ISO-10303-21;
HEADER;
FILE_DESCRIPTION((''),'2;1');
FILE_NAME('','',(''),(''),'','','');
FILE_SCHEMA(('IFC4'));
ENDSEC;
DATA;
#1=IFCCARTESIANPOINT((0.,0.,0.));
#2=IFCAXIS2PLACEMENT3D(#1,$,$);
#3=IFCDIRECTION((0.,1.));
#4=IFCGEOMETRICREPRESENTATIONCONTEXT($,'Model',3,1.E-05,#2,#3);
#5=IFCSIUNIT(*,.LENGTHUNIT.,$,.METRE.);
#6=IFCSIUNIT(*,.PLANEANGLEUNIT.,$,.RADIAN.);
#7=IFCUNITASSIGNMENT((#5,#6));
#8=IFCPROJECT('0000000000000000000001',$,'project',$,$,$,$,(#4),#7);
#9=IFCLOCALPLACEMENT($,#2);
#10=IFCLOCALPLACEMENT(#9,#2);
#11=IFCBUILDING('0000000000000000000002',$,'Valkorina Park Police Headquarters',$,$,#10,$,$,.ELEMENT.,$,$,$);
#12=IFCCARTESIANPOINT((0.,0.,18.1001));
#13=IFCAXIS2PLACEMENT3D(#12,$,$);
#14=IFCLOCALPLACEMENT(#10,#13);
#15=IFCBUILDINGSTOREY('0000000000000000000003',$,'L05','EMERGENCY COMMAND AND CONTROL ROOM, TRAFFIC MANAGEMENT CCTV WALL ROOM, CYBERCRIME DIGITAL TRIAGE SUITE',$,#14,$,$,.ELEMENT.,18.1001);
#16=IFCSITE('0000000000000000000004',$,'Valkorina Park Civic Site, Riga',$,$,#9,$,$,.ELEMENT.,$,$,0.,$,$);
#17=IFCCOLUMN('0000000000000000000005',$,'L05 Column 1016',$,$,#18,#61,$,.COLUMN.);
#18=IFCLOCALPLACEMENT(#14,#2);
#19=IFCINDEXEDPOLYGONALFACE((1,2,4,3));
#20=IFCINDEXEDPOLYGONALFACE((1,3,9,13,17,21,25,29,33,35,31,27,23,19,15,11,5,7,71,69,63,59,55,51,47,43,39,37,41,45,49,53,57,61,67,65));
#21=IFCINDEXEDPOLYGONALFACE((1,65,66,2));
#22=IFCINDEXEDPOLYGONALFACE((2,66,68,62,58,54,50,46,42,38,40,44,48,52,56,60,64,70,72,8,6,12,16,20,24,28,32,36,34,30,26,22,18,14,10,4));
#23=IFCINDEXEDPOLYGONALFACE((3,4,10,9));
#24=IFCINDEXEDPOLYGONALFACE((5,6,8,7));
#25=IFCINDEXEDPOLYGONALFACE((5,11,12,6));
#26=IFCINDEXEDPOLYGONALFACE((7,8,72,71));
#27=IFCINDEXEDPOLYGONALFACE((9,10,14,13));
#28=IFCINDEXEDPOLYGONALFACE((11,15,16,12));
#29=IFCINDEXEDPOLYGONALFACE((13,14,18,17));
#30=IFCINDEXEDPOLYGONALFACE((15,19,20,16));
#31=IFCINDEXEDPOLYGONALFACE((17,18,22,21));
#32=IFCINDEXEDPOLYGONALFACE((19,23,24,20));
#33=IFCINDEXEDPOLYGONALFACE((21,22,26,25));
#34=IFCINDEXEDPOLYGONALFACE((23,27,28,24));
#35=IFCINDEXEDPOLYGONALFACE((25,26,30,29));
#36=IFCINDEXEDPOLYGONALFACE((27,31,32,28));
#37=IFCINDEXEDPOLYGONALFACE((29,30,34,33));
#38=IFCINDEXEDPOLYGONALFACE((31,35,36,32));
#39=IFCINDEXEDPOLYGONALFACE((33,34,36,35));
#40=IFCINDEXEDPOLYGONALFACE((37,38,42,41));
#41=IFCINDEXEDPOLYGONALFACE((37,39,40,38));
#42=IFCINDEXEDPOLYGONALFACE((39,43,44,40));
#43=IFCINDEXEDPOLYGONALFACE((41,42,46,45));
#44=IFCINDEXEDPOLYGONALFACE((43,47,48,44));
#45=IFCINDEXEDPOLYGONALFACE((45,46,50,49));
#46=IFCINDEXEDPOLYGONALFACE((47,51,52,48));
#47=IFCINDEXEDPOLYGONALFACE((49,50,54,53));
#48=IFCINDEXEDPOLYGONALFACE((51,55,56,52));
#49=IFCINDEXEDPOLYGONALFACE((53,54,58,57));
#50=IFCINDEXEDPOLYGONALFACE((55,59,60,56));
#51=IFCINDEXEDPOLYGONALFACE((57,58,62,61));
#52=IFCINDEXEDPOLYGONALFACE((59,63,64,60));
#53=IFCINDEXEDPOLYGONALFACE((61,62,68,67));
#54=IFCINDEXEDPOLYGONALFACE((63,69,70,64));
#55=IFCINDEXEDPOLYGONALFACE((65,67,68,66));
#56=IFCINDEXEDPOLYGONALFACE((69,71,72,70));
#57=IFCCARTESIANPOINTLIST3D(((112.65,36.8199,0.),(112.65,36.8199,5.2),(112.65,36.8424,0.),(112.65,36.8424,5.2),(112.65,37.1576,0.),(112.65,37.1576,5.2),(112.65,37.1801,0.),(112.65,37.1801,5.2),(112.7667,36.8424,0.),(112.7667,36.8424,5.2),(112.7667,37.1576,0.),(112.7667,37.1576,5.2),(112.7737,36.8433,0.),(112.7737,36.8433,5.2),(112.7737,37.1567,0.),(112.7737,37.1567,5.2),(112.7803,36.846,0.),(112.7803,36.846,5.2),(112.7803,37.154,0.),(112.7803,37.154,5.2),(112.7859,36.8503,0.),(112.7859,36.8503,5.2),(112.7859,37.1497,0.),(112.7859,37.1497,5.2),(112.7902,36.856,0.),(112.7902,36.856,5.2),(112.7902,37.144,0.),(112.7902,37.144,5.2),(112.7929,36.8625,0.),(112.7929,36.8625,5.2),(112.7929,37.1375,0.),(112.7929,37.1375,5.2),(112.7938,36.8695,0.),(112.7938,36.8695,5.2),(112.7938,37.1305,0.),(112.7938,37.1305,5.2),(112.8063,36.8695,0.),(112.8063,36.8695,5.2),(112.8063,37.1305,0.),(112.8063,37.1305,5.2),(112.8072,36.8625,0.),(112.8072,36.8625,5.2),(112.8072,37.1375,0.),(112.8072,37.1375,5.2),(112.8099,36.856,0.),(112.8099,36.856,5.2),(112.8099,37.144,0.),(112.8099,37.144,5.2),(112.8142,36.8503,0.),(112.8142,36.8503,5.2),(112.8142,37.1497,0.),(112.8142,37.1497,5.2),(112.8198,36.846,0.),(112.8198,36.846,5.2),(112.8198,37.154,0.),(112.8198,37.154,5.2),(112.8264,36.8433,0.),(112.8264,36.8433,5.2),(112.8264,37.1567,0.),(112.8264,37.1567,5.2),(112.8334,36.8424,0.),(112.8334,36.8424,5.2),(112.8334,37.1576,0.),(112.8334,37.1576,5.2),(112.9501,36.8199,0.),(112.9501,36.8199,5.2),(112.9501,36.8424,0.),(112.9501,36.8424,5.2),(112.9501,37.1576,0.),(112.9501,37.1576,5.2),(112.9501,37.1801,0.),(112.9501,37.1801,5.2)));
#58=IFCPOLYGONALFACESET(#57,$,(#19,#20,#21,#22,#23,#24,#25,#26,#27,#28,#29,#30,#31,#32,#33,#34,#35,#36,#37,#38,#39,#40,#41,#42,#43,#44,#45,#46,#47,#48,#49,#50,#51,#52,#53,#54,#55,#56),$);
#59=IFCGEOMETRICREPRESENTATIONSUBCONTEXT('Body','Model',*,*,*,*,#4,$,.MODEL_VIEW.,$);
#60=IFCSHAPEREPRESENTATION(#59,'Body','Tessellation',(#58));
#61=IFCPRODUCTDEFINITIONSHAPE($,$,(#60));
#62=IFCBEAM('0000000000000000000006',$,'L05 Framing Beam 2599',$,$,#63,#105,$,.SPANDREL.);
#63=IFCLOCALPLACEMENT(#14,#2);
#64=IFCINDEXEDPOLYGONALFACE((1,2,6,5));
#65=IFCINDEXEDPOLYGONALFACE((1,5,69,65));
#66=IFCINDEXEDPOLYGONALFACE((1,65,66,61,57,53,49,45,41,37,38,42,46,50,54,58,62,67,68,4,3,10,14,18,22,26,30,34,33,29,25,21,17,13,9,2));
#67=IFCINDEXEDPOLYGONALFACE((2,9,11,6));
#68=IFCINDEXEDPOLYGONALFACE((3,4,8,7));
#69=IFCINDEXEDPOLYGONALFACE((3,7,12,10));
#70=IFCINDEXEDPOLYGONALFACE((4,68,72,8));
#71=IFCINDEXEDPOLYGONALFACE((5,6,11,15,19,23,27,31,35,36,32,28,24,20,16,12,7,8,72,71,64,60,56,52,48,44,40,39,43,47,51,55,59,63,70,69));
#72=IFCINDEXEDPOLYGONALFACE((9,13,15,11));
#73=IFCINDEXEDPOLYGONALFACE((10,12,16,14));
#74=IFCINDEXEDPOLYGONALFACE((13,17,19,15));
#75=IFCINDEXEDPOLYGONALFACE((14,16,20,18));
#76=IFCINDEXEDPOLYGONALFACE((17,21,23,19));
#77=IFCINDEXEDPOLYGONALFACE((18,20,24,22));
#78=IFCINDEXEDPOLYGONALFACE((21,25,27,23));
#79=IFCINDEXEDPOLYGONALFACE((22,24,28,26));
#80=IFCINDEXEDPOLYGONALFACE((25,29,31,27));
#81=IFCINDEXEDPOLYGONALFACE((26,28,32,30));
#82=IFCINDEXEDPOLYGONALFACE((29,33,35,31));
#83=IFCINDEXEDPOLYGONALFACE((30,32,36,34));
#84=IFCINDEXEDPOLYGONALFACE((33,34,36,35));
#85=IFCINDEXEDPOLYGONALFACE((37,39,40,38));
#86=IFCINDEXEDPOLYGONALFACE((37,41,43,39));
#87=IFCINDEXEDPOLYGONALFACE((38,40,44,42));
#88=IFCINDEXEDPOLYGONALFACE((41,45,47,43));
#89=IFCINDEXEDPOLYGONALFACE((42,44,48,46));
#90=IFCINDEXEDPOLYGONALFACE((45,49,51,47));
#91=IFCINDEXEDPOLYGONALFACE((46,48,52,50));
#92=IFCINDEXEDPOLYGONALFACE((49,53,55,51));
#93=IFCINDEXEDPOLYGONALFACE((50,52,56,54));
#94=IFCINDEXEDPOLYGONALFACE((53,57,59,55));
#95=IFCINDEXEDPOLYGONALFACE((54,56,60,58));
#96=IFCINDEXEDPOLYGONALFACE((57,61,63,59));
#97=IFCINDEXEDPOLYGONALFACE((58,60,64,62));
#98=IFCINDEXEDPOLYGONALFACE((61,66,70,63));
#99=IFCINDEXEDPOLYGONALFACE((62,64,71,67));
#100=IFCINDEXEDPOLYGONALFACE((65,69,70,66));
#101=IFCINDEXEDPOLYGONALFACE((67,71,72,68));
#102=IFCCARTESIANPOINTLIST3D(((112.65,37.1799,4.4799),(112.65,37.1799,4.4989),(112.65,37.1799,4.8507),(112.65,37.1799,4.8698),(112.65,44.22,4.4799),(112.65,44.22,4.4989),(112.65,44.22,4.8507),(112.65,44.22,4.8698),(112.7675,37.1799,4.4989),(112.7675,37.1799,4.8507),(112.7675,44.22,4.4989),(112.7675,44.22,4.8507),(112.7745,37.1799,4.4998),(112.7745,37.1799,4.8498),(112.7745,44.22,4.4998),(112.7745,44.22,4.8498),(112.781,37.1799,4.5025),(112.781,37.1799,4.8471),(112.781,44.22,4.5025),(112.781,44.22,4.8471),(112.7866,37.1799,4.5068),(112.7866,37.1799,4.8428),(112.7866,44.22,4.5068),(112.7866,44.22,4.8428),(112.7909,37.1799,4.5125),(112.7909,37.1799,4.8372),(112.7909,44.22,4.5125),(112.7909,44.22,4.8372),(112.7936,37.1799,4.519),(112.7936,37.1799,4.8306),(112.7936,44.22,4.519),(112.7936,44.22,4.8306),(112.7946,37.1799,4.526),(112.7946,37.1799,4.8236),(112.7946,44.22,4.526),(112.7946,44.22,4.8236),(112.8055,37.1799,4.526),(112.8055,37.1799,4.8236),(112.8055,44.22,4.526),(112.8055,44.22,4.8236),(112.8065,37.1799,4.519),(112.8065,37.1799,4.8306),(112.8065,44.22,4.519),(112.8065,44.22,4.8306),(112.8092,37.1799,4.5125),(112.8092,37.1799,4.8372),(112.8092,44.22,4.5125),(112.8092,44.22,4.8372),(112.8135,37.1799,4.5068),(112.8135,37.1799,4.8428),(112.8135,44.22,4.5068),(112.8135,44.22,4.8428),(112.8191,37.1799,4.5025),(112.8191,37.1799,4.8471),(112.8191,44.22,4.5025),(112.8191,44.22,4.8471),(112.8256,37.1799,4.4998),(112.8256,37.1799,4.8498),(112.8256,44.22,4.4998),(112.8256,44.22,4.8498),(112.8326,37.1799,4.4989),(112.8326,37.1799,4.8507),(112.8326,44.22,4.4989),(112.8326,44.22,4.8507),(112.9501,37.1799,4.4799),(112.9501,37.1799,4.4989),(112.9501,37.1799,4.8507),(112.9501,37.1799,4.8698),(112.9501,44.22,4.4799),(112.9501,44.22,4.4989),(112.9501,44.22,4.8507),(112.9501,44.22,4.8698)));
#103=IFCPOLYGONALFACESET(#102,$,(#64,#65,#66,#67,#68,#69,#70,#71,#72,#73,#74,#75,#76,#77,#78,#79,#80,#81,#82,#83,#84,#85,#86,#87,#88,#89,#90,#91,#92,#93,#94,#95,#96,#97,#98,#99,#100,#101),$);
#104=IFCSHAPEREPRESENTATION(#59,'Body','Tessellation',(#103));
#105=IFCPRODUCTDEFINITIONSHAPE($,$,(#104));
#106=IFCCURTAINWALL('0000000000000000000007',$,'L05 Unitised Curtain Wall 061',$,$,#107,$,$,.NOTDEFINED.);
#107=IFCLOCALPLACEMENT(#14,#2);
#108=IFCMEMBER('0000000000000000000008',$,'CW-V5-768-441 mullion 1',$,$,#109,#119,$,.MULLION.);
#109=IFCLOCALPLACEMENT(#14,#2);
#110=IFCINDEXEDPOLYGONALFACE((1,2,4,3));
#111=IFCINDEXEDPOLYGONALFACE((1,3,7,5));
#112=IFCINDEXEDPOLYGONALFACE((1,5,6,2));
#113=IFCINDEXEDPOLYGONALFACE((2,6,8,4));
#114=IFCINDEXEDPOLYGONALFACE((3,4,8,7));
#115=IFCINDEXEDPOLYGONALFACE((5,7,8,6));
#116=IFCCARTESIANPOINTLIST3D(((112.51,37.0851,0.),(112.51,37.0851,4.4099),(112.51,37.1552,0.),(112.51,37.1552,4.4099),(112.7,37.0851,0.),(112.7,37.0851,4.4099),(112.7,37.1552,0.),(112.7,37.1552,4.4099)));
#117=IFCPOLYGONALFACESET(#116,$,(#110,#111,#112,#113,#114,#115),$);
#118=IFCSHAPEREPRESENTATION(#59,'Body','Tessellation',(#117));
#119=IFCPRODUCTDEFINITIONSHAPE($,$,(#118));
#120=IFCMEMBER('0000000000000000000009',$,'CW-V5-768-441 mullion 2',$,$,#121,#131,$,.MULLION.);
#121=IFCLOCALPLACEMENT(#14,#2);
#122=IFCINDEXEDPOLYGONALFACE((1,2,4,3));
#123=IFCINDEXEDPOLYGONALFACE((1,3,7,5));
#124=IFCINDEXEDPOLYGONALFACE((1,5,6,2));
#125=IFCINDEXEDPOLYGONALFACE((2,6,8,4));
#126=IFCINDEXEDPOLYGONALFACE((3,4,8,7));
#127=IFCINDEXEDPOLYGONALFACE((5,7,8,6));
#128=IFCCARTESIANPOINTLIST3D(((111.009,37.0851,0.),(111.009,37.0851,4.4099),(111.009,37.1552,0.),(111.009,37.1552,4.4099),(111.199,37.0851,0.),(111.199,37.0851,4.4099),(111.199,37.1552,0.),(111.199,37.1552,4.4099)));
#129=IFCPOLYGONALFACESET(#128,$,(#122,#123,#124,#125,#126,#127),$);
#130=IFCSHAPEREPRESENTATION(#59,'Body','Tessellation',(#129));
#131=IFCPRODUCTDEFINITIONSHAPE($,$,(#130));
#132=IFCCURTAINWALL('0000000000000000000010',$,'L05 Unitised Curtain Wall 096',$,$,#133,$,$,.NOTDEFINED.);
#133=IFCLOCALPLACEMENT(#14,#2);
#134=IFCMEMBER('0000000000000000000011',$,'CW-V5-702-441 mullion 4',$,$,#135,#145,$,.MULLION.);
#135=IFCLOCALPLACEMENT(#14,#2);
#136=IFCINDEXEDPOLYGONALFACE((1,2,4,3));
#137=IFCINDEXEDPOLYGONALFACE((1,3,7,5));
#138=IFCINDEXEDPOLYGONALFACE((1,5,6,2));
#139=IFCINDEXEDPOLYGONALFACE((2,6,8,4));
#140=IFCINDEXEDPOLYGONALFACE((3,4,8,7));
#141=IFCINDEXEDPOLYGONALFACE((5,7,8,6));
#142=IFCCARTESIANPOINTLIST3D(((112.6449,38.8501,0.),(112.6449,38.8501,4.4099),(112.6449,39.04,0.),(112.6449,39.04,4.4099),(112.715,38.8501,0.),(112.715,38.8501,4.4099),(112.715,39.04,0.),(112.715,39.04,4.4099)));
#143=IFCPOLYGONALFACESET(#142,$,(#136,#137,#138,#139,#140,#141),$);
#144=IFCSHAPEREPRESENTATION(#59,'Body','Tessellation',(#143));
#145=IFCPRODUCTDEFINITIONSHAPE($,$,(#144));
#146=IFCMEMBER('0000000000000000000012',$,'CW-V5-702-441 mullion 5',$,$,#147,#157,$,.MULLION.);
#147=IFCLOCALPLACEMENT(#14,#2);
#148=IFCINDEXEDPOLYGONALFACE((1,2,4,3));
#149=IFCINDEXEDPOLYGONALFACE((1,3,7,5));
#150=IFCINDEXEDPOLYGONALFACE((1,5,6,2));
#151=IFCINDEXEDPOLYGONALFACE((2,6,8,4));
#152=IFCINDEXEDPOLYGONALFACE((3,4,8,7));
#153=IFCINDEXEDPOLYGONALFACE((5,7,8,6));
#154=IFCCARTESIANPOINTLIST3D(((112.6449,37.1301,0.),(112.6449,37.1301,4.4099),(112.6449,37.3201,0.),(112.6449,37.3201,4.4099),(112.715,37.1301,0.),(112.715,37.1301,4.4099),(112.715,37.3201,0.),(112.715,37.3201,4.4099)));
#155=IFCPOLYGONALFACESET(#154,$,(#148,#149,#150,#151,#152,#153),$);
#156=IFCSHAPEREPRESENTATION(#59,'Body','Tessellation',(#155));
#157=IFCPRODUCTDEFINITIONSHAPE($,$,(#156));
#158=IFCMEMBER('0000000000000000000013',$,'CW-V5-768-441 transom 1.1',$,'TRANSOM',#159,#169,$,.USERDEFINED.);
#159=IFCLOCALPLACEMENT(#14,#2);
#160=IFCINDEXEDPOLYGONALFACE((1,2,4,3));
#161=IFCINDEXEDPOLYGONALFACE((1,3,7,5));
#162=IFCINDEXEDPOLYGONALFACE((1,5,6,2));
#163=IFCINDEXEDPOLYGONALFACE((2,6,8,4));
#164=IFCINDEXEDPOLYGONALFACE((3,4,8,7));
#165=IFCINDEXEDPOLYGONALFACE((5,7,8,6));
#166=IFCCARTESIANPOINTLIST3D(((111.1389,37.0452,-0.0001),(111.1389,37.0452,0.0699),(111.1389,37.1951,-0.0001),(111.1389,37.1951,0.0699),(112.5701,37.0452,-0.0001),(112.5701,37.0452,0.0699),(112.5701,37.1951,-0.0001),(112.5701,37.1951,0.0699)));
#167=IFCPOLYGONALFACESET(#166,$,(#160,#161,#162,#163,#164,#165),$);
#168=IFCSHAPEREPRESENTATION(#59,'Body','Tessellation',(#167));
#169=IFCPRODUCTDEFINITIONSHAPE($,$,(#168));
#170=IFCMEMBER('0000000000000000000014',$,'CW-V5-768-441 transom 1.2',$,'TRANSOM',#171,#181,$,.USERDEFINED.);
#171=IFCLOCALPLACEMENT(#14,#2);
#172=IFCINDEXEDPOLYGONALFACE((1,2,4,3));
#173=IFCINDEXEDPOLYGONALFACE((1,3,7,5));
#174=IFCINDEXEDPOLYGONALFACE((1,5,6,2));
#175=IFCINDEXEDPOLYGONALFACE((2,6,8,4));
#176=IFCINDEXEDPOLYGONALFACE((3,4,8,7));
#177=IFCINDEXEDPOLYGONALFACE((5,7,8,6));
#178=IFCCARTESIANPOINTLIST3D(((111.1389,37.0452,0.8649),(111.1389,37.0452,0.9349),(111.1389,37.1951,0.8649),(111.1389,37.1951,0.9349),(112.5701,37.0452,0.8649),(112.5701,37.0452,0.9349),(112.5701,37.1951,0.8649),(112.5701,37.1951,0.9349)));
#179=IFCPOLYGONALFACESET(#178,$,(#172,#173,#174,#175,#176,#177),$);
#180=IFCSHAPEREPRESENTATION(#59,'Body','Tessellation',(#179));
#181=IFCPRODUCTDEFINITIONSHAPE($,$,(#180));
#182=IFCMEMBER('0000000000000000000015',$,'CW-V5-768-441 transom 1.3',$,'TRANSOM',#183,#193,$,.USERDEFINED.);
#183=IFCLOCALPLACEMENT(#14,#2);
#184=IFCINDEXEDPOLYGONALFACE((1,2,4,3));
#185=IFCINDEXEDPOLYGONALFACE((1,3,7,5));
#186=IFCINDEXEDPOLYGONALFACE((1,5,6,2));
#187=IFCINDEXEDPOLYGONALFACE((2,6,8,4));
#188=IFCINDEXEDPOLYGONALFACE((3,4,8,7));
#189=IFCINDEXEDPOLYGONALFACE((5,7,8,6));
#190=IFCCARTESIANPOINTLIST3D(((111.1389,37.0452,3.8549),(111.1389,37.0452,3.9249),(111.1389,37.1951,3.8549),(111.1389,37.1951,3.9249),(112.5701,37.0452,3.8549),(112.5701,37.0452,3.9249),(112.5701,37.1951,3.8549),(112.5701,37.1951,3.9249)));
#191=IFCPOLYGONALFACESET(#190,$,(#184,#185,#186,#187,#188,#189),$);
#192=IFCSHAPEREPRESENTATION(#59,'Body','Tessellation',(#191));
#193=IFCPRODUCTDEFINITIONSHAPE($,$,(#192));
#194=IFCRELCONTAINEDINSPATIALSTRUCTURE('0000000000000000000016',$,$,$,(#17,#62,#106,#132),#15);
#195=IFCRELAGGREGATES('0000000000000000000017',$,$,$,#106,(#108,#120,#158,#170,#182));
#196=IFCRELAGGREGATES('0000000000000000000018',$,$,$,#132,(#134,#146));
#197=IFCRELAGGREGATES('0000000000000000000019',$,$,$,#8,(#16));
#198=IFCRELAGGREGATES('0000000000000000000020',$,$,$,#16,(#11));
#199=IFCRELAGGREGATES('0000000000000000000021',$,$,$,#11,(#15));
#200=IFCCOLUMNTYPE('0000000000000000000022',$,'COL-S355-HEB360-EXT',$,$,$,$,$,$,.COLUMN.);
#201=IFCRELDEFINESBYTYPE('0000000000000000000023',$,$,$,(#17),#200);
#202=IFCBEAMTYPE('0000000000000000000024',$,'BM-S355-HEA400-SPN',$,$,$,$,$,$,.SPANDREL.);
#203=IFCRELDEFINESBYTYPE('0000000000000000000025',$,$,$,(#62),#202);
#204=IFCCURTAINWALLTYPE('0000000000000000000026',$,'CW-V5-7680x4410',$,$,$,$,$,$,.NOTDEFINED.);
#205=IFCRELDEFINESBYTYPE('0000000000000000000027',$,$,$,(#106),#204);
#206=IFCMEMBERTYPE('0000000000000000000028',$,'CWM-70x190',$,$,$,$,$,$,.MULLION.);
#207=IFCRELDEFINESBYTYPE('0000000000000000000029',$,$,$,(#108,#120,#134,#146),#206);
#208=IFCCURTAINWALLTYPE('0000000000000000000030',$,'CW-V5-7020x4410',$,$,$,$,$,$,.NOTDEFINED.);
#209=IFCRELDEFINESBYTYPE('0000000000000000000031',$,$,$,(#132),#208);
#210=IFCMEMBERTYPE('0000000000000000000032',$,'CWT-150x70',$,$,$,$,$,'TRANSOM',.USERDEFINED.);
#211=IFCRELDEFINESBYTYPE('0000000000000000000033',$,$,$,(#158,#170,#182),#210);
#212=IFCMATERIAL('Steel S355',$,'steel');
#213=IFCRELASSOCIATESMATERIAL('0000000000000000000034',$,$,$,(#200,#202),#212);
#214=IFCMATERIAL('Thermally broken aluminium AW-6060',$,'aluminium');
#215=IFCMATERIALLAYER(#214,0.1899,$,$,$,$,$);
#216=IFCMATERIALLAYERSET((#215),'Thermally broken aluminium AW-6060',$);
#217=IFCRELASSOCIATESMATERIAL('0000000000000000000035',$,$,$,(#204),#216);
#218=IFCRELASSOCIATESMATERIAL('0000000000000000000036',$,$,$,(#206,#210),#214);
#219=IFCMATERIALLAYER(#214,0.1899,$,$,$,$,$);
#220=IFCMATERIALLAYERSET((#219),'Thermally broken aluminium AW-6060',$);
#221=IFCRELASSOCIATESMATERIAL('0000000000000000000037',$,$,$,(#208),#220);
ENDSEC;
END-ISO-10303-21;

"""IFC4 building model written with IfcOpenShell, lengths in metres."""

from ifc_helpers import new_model, si_unit, direction, frame, origin, origin_2d, place, context, subcontext, project, spatial, rectangle, i_section, extrude, material, layer, layer_set, material_profile, profile_set, type_object, element, aggregate, save


model = new_model("IFC4")

# Units and contexts
model_context = context("Model", 3, precision=1e-05, world=origin(), true_north=direction((0.0, 1.0)))
body_context = subcontext(model_context, "Body", "Model", "MODEL_VIEW")
ifc_project = project(units=[si_unit("LENGTHUNIT", "METRE"), si_unit("PLANEANGLEUNIT", "RADIAN")], contexts=[model_context])

# Site, building, storey
site_placement = place(None, origin())
site = spatial("IfcSite", under=ifc_project, at=site_placement, Name="Valkorina Park Civic Site, Riga", CompositionType="ELEMENT", RefElevation=0.0)
building_placement = place(site_placement, origin())
building = spatial("IfcBuilding", under=site, at=building_placement, Name="Valkorina Park Police Headquarters", CompositionType="ELEMENT")
storey_placement = place(building_placement, frame((0.0, 0.0, 18.1001)))
storey = spatial("IfcBuildingStorey", under=building, at=storey_placement, Name="L05", Description="EMERGENCY COMMAND AND CONTROL ROOM, TRAFFIC MANAGEMENT CCTV WALL ROOM, CYBERCRIME DIGITAL TRIAGE SUITE", CompositionType="ELEMENT", Elevation=18.1001)

# Column
ifc_material_1 = material(Name="Steel S355", Category="steel")
ifc_material_profile_1 = material_profile(ifc_material_1, i_section(OverallWidth=0.3, OverallDepth=0.3601, WebThickness=0.0125, FlangeThickness=0.0225, FilletRadius=0.0271, at=origin_2d()), Name="HEB 360")
ifc_profile_set_1 = profile_set([ifc_material_profile_1], Name="Steel S355")
column_type = type_object("IfcColumnType", Name="COL-S355-HEB360-EXT", PredefinedType="COLUMN", material=ifc_profile_set_1)
column_placement = place(storey_placement, frame((112.8, 37.0, 0.0), z_axis=(0.0, 0.0, 1.0), x_axis=(1.0, 0.0, 0.0)))
element("IfcColumn", 1, at=column_placement, inside=storey, type_object=column_type, Name="L05 Column 1016", PredefinedType="COLUMN", context=body_context, shape_type="SweptSolid", body=[
    extrude(i_section(OverallWidth=0.3, OverallDepth=0.3601, WebThickness=0.0125, FlangeThickness=0.0225, FilletRadius=0.0271, at=origin_2d()), origin(), (0.0, 0.0, 1.0), 5.2),
])

# Beam
ifc_material_profile_2 = material_profile(ifc_material_1, i_section(OverallWidth=0.3, OverallDepth=0.3899, WebThickness=0.011, FlangeThickness=0.019, FilletRadius=0.0271, at=origin_2d()), Name="HEA 400")
ifc_profile_set_2 = profile_set([ifc_material_profile_2], Name="Steel S355")
beam_type = type_object("IfcBeamType", Name="BM-S355-HEA400-SPN", PredefinedType="SPANDREL", material=ifc_profile_set_2)
beam_placement = place(storey_placement, frame((112.8, 37.1799, 4.6748), z_axis=(0.0, 1.0, 0.0), x_axis=(-1.0, 0.0, 0.0)))
element("IfcBeam", 2, at=beam_placement, inside=storey, type_object=beam_type, Name="L05 Framing Beam 2599", PredefinedType="SPANDREL", context=body_context, shape_type="SweptSolid", body=[
    extrude(i_section(OverallWidth=0.3, OverallDepth=0.3899, WebThickness=0.011, FlangeThickness=0.019, FilletRadius=0.0271, at=origin_2d()), origin(), (0.0, 0.0, 1.0), 7.04),
])

# Curtain walls, members
ifc_material_2 = material(Name="Thermally broken aluminium AW-6060", Category="aluminium")
ifc_layer_1 = layer(ifc_material_2, 0.1899)
ifc_layer_set_1 = layer_set([ifc_layer_1], Name="Thermally broken aluminium AW-6060")
curtain_wall_type_1 = type_object("IfcCurtainWallType", Name="CW-V5-7680x4410", PredefinedType="NOTDEFINED", material=ifc_layer_set_1)
curtain_wall_1_placement = place(storey_placement, origin())
curtain_wall_1 = element("IfcCurtainWall", 3, at=curtain_wall_1_placement, inside=storey, type_object=curtain_wall_type_1, Name="L05 Unitised Curtain Wall 061", PredefinedType="NOTDEFINED")
ifc_material_profile_3 = material_profile(ifc_material_2, rectangle(XDim=0.0701, YDim=0.1899, at=origin_2d()), Name="CWM-02 70x190")
ifc_profile_set_3 = profile_set([ifc_material_profile_3], Name="Thermally broken aluminium AW-6060")
member_type_1 = type_object("IfcMemberType", Name="CWM-70x190", PredefinedType="MULLION", material=ifc_profile_set_3)
member_1_placement = place(storey_placement, frame((112.605, 37.1201, 0.0), z_axis=(0.0, 0.0, 1.0), x_axis=(0.0, -1.0, 0.0)))
member_1 = element("IfcMember", 4, at=member_1_placement, type_object=member_type_1, Name="CW-V5-768-441 mullion 1", PredefinedType="MULLION", context=body_context, shape_type="SweptSolid", body=[
    extrude(rectangle(XDim=0.0701, YDim=0.1899, at=origin_2d()), origin(), (0.0, 0.0, 1.0), 4.4099),
])
member_2_placement = place(storey_placement, frame((111.104, 37.1201, 0.0), z_axis=(0.0, 0.0, 1.0), x_axis=(0.0, -1.0, 0.0)))
member_2 = element("IfcMember", 5, at=member_2_placement, type_object=member_type_1, Name="CW-V5-768-441 mullion 2", PredefinedType="MULLION", context=body_context, shape_type="SweptSolid", body=[
    extrude(rectangle(XDim=0.0701, YDim=0.1899, at=origin_2d()), origin(), (0.0, 0.0, 1.0), 4.4099),
])
ifc_layer_2 = layer(ifc_material_2, 0.1899)
ifc_layer_set_2 = layer_set([ifc_layer_2], Name="Thermally broken aluminium AW-6060")
curtain_wall_type_2 = type_object("IfcCurtainWallType", Name="CW-V5-7020x4410", PredefinedType="NOTDEFINED", material=ifc_layer_set_2)
curtain_wall_2_placement = place(storey_placement, origin())
curtain_wall_2 = element("IfcCurtainWall", 6, at=curtain_wall_2_placement, inside=storey, type_object=curtain_wall_type_2, Name="L05 Unitised Curtain Wall 096", PredefinedType="NOTDEFINED")
member_3_placement = place(storey_placement, frame((112.6799, 38.9451, 0.0), z_axis=(0.0, 0.0, 1.0), x_axis=(1.0, 0.0, 0.0)))
member_3 = element("IfcMember", 7, at=member_3_placement, type_object=member_type_1, Name="CW-V5-702-441 mullion 4", PredefinedType="MULLION", context=body_context, shape_type="SweptSolid", body=[
    extrude(rectangle(XDim=0.0701, YDim=0.1899, at=origin_2d()), origin(), (0.0, 0.0, 1.0), 4.4099),
])
member_4_placement = place(storey_placement, frame((112.6799, 37.2251, 0.0), z_axis=(0.0, 0.0, 1.0), x_axis=(1.0, 0.0, 0.0)))
member_4 = element("IfcMember", 8, at=member_4_placement, type_object=member_type_1, Name="CW-V5-702-441 mullion 5", PredefinedType="MULLION", context=body_context, shape_type="SweptSolid", body=[
    extrude(rectangle(XDim=0.0701, YDim=0.1899, at=origin_2d()), origin(), (0.0, 0.0, 1.0), 4.4099),
])

# Members
ifc_material_profile_4 = material_profile(ifc_material_2, rectangle(XDim=0.1499, YDim=0.0701, at=origin_2d()), Name="CWT-02 150x70")
ifc_profile_set_4 = profile_set([ifc_material_profile_4], Name="Thermally broken aluminium AW-6060")
member_type_2 = type_object("IfcMemberType", Name="CWT-150x70", ElementType="TRANSOM", PredefinedType="USERDEFINED", material=ifc_profile_set_4)
member_5_placement = place(storey_placement, frame((112.5701, 37.1201, 0.0349), z_axis=(-1.0, 0.0, 0.0), x_axis=(0.0, -1.0, 0.0)))
member_5 = element("IfcMember", 9, at=member_5_placement, type_object=member_type_2, Name="CW-V5-768-441 transom 1.1", ObjectType="TRANSOM", PredefinedType="USERDEFINED", context=body_context, shape_type="SweptSolid", body=[
    extrude(rectangle(XDim=0.1499, YDim=0.0701, at=origin_2d()), origin(), (0.0, 0.0, 1.0), 1.4312),
])
member_6_placement = place(storey_placement, frame((112.5701, 37.1201, 0.8999), z_axis=(-1.0, 0.0, 0.0), x_axis=(0.0, -1.0, 0.0)))
member_6 = element("IfcMember", 10, at=member_6_placement, type_object=member_type_2, Name="CW-V5-768-441 transom 1.2", ObjectType="TRANSOM", PredefinedType="USERDEFINED", context=body_context, shape_type="SweptSolid", body=[
    extrude(rectangle(XDim=0.1499, YDim=0.0701, at=origin_2d()), origin(), (0.0, 0.0, 1.0), 1.4312),
])
member_7_placement = place(storey_placement, frame((112.5701, 37.1201, 3.8899), z_axis=(-1.0, 0.0, 0.0), x_axis=(0.0, -1.0, 0.0)))
member_7 = element("IfcMember", 11, at=member_7_placement, type_object=member_type_2, Name="CW-V5-768-441 transom 1.3", ObjectType="TRANSOM", PredefinedType="USERDEFINED", context=body_context, shape_type="SweptSolid", body=[
    extrude(rectangle(XDim=0.1499, YDim=0.0701, at=origin_2d()), origin(), (0.0, 0.0, 1.0), 1.4312),
])

aggregate(curtain_wall_1, [member_1, member_2, member_5, member_6, member_7])
aggregate(curtain_wall_2, [member_3, member_4])

save(model, "model.ifc")
